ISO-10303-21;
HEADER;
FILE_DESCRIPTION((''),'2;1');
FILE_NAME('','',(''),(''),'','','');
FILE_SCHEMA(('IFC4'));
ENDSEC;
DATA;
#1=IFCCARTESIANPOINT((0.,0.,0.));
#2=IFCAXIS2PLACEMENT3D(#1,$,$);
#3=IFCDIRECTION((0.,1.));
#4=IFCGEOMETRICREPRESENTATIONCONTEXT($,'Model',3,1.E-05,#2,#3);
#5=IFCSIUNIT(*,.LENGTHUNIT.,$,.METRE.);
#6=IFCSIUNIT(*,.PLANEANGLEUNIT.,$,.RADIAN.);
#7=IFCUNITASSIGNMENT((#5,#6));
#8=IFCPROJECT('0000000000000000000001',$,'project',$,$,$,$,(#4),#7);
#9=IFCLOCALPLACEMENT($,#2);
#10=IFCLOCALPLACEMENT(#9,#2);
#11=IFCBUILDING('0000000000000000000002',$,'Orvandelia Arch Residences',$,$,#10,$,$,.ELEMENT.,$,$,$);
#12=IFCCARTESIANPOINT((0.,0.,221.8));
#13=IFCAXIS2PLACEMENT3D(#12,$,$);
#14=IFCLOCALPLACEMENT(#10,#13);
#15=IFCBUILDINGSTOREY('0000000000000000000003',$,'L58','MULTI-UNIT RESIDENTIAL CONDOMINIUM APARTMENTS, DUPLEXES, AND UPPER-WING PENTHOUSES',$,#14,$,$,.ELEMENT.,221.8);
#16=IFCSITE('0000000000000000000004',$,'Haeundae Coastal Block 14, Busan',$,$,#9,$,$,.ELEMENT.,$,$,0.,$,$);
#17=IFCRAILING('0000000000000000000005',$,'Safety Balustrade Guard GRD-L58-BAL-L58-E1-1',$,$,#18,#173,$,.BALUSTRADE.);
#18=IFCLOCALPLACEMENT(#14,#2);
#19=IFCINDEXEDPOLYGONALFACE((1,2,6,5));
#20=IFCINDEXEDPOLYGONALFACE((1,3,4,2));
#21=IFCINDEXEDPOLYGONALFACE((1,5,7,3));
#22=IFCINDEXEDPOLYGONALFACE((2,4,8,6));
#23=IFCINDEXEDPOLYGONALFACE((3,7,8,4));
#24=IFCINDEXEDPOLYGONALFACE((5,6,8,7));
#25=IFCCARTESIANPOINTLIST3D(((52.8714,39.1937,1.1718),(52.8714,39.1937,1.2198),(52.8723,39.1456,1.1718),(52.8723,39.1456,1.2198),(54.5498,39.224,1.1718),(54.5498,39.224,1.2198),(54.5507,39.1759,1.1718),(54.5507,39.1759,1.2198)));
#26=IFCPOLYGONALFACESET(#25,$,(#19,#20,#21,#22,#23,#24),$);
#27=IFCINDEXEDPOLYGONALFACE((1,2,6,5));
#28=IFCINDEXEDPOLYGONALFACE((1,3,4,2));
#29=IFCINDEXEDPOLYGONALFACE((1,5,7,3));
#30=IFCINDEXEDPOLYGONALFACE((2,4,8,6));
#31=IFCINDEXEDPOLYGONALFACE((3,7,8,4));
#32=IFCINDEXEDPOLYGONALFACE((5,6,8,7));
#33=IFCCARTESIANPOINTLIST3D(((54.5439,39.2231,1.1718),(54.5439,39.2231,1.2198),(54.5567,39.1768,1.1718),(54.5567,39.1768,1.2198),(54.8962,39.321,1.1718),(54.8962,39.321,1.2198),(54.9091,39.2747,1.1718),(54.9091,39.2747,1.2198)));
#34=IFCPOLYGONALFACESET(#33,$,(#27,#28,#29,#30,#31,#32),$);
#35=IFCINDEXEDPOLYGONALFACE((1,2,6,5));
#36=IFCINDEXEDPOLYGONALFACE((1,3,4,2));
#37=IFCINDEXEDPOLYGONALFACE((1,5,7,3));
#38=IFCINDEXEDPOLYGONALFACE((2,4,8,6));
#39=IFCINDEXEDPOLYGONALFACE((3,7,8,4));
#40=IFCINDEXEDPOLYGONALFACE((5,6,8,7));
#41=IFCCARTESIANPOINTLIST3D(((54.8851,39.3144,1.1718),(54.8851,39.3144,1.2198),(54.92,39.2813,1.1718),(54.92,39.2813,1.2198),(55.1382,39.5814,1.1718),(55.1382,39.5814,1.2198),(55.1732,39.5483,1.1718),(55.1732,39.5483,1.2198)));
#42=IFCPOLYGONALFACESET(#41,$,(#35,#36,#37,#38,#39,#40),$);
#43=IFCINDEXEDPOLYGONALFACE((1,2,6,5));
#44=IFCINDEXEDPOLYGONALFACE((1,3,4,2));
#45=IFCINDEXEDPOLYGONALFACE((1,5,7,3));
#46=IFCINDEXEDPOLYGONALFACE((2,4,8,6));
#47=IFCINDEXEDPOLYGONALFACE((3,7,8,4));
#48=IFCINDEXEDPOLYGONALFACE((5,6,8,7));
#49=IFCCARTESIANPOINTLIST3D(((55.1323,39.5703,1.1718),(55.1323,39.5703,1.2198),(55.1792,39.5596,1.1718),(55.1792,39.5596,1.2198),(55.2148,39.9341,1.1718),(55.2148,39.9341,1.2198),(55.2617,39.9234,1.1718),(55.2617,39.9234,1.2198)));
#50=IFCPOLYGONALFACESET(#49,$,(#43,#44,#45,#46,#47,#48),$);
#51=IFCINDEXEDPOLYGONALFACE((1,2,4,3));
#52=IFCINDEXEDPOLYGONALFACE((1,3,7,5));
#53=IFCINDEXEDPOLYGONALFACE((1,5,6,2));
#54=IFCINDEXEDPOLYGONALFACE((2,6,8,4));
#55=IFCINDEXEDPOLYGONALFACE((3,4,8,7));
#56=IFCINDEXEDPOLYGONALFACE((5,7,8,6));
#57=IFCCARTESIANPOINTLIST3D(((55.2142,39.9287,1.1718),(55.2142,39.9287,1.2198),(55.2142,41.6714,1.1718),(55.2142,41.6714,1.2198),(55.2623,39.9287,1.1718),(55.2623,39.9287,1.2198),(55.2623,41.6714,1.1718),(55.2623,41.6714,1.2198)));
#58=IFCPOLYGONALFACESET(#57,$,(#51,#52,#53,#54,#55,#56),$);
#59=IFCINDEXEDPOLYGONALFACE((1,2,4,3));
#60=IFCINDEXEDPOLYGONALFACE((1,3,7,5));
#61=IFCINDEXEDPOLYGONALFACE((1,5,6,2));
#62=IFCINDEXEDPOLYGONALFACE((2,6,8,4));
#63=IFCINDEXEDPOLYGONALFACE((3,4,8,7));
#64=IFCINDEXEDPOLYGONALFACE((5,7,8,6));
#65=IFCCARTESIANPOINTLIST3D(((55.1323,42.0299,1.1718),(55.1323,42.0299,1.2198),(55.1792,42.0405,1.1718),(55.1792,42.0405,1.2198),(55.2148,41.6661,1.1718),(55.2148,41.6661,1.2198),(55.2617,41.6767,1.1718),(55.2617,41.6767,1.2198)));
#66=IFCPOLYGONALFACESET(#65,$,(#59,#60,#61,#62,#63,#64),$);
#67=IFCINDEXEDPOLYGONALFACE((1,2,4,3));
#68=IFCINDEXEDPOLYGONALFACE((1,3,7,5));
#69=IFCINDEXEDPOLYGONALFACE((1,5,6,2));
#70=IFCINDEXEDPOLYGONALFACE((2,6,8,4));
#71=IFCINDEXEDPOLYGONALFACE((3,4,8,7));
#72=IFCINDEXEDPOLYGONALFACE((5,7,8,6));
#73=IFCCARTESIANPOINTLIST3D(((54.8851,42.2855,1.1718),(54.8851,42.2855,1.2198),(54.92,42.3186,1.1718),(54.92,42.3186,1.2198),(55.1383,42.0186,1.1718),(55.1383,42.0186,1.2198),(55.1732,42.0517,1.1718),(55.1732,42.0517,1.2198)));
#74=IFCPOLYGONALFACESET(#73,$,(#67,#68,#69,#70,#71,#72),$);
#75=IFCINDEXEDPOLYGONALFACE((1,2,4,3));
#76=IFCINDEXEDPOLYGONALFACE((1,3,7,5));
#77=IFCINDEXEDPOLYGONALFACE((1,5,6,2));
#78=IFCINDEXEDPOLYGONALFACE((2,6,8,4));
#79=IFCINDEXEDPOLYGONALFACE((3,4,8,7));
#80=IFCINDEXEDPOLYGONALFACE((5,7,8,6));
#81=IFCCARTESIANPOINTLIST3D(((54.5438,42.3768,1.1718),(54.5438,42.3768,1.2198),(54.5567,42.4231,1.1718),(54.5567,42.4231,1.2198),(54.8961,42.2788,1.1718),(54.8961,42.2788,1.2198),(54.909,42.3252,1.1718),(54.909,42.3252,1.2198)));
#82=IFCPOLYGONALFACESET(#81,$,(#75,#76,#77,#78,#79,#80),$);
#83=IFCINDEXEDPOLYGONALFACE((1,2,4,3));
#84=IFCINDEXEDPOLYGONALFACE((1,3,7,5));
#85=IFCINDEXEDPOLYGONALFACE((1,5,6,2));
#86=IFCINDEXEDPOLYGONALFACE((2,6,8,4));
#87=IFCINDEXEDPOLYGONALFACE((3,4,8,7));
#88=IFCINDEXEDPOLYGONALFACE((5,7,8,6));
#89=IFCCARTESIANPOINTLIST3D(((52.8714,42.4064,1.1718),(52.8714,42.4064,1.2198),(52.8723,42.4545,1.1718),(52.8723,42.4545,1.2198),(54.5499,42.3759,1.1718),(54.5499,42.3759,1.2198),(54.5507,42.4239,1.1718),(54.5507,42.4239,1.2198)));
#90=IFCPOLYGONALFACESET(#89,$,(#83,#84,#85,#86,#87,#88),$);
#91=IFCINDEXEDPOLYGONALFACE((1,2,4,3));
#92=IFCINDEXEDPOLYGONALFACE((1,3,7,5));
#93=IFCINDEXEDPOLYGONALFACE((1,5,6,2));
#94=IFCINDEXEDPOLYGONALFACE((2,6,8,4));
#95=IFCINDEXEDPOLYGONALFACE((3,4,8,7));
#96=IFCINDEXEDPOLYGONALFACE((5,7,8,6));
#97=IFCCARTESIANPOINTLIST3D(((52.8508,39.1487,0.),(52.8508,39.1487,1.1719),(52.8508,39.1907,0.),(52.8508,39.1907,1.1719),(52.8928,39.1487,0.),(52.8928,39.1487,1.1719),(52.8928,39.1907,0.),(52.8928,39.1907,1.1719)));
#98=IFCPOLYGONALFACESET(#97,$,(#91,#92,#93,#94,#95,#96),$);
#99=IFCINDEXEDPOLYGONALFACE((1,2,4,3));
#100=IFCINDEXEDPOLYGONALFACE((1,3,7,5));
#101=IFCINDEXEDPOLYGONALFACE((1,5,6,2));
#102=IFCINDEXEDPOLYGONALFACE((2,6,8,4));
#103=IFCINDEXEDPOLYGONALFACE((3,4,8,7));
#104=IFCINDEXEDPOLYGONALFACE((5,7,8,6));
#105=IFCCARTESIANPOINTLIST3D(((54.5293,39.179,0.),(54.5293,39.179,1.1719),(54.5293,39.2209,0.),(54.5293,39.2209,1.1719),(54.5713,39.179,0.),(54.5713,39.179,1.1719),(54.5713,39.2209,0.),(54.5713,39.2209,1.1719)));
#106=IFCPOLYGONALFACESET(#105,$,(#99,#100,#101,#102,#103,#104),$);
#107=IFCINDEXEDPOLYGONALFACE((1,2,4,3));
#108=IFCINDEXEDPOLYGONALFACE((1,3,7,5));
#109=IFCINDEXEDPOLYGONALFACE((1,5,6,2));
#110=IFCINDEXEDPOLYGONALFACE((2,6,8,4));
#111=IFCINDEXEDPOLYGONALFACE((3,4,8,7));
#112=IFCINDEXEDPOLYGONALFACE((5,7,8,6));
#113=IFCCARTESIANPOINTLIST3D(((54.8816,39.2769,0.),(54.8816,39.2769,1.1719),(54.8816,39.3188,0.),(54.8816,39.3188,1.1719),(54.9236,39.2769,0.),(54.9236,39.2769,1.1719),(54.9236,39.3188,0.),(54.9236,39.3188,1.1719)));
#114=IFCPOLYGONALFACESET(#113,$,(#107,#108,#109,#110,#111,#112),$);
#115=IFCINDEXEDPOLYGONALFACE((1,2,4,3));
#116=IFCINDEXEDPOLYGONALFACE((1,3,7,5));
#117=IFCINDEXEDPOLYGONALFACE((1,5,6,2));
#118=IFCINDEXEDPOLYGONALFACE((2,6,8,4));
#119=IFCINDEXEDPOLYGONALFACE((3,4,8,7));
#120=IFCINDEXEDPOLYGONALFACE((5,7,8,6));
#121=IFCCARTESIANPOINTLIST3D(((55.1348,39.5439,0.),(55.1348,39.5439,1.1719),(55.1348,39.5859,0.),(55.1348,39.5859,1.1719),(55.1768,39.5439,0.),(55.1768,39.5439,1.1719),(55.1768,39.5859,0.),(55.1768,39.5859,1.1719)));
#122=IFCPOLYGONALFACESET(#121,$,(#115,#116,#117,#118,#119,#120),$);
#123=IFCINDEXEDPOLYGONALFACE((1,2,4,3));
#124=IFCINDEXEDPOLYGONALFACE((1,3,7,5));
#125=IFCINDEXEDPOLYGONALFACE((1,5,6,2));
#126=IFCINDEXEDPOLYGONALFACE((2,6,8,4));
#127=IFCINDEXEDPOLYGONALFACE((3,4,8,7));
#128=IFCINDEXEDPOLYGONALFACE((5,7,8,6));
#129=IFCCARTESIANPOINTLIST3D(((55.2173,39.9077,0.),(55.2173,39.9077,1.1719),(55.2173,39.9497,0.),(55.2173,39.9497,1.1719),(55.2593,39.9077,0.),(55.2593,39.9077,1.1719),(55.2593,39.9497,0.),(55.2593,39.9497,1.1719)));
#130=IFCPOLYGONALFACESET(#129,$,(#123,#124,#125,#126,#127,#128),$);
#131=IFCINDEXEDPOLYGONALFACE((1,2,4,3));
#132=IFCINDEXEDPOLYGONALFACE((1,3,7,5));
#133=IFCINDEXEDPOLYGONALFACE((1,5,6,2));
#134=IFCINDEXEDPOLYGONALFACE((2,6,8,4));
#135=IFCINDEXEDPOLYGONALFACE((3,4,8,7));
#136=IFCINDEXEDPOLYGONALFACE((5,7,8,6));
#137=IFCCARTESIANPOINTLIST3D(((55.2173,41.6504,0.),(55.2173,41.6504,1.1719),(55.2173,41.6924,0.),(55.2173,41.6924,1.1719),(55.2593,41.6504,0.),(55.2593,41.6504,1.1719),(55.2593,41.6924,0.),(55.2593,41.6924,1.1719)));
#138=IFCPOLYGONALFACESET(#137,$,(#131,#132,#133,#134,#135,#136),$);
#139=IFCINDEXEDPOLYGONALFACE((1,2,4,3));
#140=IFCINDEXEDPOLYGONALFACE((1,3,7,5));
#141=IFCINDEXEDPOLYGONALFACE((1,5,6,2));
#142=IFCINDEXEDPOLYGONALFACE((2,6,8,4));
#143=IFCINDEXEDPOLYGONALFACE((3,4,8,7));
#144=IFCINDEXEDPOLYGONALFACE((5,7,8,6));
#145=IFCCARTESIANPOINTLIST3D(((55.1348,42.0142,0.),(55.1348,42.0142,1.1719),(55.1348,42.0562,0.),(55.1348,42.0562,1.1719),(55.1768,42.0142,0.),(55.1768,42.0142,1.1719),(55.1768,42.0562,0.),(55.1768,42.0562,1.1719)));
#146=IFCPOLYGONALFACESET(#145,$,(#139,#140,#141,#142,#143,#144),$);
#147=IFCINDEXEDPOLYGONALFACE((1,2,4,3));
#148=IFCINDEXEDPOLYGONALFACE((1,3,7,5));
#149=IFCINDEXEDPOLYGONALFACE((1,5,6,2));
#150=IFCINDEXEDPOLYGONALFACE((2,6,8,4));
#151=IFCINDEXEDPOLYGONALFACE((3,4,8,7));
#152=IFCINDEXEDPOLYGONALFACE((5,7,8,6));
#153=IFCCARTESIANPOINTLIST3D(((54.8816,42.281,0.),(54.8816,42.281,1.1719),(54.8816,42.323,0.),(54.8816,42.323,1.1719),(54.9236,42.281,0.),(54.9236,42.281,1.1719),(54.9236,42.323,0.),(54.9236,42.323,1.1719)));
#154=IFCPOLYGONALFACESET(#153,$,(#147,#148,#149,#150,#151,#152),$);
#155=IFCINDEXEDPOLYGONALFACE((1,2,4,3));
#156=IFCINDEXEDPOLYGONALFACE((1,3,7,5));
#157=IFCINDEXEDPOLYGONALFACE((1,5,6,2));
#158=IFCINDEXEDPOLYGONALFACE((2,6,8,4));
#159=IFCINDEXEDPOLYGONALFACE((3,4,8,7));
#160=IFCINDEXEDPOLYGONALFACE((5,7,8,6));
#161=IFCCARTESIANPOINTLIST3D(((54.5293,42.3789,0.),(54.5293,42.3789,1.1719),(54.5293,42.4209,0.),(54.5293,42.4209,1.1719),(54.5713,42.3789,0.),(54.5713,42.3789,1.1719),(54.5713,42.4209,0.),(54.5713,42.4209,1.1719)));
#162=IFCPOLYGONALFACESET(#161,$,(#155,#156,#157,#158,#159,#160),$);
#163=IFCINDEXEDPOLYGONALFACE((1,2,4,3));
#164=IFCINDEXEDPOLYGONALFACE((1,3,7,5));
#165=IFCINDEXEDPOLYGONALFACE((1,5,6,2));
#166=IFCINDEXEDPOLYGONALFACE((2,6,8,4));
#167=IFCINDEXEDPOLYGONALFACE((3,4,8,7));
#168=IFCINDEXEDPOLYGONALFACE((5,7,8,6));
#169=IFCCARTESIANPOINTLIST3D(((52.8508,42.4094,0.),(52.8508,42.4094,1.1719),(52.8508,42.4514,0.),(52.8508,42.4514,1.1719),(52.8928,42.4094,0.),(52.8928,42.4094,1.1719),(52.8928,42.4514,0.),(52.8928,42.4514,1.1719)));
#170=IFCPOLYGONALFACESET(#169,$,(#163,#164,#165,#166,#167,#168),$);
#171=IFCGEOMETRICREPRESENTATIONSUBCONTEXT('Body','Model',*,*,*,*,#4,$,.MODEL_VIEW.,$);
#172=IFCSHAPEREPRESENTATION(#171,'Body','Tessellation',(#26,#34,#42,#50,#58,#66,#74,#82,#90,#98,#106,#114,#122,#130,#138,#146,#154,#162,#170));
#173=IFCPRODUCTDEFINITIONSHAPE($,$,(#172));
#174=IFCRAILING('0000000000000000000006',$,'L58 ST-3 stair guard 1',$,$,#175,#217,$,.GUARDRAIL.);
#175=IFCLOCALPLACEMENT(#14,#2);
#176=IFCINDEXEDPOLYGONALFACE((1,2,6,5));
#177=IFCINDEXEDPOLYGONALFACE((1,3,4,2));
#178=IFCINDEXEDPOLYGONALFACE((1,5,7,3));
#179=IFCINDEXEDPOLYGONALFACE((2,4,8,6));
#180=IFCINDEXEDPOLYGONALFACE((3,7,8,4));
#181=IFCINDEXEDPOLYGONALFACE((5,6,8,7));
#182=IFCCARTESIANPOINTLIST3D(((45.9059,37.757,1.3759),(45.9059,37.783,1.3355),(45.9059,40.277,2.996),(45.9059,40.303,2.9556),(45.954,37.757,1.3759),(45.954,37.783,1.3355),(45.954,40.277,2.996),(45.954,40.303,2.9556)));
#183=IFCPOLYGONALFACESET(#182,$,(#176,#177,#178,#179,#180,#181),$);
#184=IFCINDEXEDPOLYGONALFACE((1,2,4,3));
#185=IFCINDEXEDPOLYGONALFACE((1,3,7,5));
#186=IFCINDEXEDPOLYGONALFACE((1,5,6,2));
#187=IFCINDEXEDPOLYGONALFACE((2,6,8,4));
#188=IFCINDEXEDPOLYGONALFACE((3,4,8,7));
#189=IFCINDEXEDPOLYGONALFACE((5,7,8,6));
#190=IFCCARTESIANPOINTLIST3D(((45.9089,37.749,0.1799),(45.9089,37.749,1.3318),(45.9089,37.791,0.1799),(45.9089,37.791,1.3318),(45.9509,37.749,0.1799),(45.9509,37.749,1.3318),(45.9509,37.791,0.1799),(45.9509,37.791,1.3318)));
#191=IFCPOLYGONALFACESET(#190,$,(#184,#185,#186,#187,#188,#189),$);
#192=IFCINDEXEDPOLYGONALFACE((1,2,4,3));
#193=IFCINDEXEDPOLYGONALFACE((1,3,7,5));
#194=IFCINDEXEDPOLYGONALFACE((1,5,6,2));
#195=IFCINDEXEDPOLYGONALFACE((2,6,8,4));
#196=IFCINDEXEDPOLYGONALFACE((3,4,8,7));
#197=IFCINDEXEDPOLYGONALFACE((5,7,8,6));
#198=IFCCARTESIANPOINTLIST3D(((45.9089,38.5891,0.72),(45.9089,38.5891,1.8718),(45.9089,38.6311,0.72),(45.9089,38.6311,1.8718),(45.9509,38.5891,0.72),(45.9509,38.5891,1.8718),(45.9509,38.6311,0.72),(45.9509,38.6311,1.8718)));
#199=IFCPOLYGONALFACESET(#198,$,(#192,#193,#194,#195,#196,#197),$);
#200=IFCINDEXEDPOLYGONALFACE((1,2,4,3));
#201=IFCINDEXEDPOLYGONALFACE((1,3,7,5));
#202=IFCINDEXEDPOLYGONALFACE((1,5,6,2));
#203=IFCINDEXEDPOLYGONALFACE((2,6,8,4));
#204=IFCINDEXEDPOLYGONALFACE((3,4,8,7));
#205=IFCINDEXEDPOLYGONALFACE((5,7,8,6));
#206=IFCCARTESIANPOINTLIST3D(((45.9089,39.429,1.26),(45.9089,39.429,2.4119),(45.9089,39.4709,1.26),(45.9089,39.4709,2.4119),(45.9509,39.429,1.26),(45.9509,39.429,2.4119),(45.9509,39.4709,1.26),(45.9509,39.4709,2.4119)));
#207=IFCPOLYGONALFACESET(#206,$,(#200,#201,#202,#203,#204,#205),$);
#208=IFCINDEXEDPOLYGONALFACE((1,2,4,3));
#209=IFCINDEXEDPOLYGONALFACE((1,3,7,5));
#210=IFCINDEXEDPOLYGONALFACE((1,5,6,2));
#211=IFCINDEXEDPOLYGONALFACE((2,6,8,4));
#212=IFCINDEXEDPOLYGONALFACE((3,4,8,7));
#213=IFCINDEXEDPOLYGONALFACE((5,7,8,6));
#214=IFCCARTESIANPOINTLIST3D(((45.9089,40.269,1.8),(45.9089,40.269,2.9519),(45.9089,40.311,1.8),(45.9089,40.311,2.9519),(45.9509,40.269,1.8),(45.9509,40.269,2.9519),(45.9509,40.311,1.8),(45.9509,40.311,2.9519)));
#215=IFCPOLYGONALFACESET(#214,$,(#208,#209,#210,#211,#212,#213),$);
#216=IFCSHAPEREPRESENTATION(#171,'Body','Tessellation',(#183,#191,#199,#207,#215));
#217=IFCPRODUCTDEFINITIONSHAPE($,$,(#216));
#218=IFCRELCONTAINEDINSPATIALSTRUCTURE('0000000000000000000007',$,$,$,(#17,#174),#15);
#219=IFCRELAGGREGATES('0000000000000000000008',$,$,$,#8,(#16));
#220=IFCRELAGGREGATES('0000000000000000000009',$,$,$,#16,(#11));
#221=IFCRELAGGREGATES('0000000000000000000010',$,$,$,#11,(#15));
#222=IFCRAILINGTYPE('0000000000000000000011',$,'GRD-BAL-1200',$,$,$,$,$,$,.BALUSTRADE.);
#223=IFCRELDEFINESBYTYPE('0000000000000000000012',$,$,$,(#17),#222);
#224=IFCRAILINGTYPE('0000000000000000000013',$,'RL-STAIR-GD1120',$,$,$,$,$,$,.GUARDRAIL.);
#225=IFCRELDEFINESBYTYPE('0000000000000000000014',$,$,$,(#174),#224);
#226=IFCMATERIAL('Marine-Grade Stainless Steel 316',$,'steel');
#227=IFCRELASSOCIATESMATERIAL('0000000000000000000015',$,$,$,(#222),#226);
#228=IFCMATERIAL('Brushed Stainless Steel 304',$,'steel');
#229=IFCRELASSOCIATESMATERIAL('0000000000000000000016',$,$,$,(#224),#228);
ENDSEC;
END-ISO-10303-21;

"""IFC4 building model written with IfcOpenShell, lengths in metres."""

from ifc_helpers import new_model, si_unit, direction, frame, origin, origin_2d, place, context, subcontext, project, spatial, rectangle, extrude, material, type_object, element, save


model = new_model("IFC4")

# Units and contexts
model_context = context("Model", 3, precision=1e-05, world=origin(), true_north=direction((0.0, 1.0)))
body_context = subcontext(model_context, "Body", "Model", "MODEL_VIEW")
ifc_project = project(units=[si_unit("LENGTHUNIT", "METRE"), si_unit("PLANEANGLEUNIT", "RADIAN")], contexts=[model_context])

# Site, building, storey
site_placement = place(None, origin())
site = spatial("IfcSite", under=ifc_project, at=site_placement, Name="Haeundae Coastal Block 14, Busan", CompositionType="ELEMENT", RefElevation=0.0)
building_placement = place(site_placement, origin())
building = spatial("IfcBuilding", under=site, at=building_placement, Name="Orvandelia Arch Residences", CompositionType="ELEMENT")
storey_placement = place(building_placement, frame((0.0, 0.0, 221.8)))
storey = spatial("IfcBuildingStorey", under=building, at=storey_placement, Name="L58", Description="MULTI-UNIT RESIDENTIAL CONDOMINIUM APARTMENTS, DUPLEXES, AND UPPER-WING PENTHOUSES", CompositionType="ELEMENT", Elevation=221.8)

# Railings
ifc_material_1 = material(Name="Marine-Grade Stainless Steel 316", Category="steel")
railing_type_1 = type_object("IfcRailingType", Name="GRD-BAL-1200", PredefinedType="BALUSTRADE", material=ifc_material_1)
railing_1_placement = place(storey_placement, frame((52.8718, 39.1697, 0.0)))
element("IfcRailing", 1, at=railing_1_placement, inside=storey, type_object=railing_type_1, Name="Safety Balustrade Guard GRD-L58-BAL-L58-E1-1", PredefinedType="BALUSTRADE", context=body_context, shape_type="SweptSolid", body=[
    extrude(rectangle(XDim=0.0481, YDim=0.0481, at=origin_2d()), frame((0.0, 0.0, 1.1958), z_axis=(0.999837, 0.018033, 0.0), x_axis=(-0.018033, 0.999837, 0.0)), (0.0, 0.0, 1.0), 1.6787),
    extrude(rectangle(XDim=0.0481, YDim=0.0481, at=origin_2d()), frame((1.6785, 0.0303, 1.1958), z_axis=(0.963489, 0.267747, 0.0), x_axis=(-0.267747, 0.963489, 0.0)), (0.0, 0.0, 1.0), 0.3657),
    extrude(rectangle(XDim=0.0481, YDim=0.0481, at=origin_2d()), frame((2.0308, 0.1282, 1.1958), z_axis=(0.687947, 0.725761, 0.0), x_axis=(-0.725761, 0.687947, 0.0)), (0.0, 0.0, 1.0), 0.3679),
    extrude(rectangle(XDim=0.0481, YDim=0.0481, at=origin_2d()), frame((2.2839, 0.3953, 1.1958), z_axis=(0.221225, 0.975223, 0.0), x_axis=(-0.975223, 0.221225, 0.0)), (0.0, 0.0, 1.0), 0.373),
    extrude(rectangle(XDim=0.0481, YDim=0.0481, at=origin_2d()), frame((2.3665, 0.759, 1.1958), z_axis=(0.0, 1.0, 0.0), x_axis=(-1.0, 0.0, 0.0)), (0.0, 0.0, 1.0), 1.7427),
    extrude(rectangle(XDim=0.0481, YDim=0.0481, at=origin_2d()), frame((2.3665, 2.5017, 1.1958), z_axis=(-0.221225, 0.975223, 0.0), x_axis=(-0.975223, -0.221225, 0.0)), (0.0, 0.0, 1.0), 0.373),
    extrude(rectangle(XDim=0.0481, YDim=0.0481, at=origin_2d()), frame((2.2839, 2.8655, 1.1958), z_axis=(-0.688278, 0.725447, 0.0), x_axis=(-0.725447, -0.688278, 0.0)), (0.0, 0.0, 1.0), 0.3679),
    extrude(rectangle(XDim=0.0481, YDim=0.0481, at=origin_2d()), frame((2.0308, 3.1323, 1.1958), z_axis=(-0.963489, 0.267747, 0.0), x_axis=(-0.267747, -0.963489, 0.0)), (0.0, 0.0, 1.0), 0.3657),
    extrude(rectangle(XDim=0.0481, YDim=0.0481, at=origin_2d()), frame((1.6785, 3.2302, 1.1958), z_axis=(-0.999835, 0.018179, 0.0), x_axis=(-0.018179, -0.999835, 0.0)), (0.0, 0.0, 1.0), 1.6787),
    extrude(rectangle(XDim=0.042, YDim=0.042, at=origin_2d()), origin(), (0.0, 0.0, 1.0), 1.1719),
    extrude(rectangle(XDim=0.042, YDim=0.042, at=origin_2d()), frame((1.6785, 0.0303, 0.0)), (0.0, 0.0, 1.0), 1.1719),
    extrude(rectangle(XDim=0.042, YDim=0.042, at=origin_2d()), frame((2.0308, 0.1282, 0.0)), (0.0, 0.0, 1.0), 1.1719),
    extrude(rectangle(XDim=0.042, YDim=0.042, at=origin_2d()), frame((2.2839, 0.3953, 0.0)), (0.0, 0.0, 1.0), 1.1719),
    extrude(rectangle(XDim=0.042, YDim=0.042, at=origin_2d()), frame((2.3665, 0.759, 0.0)), (0.0, 0.0, 1.0), 1.1719),
    extrude(rectangle(XDim=0.042, YDim=0.042, at=origin_2d()), frame((2.3665, 2.5017, 0.0)), (0.0, 0.0, 1.0), 1.1719),
    extrude(rectangle(XDim=0.042, YDim=0.042, at=origin_2d()), frame((2.2839, 2.8655, 0.0)), (0.0, 0.0, 1.0), 1.1719),
    extrude(rectangle(XDim=0.042, YDim=0.042, at=origin_2d()), frame((2.0308, 3.1323, 0.0)), (0.0, 0.0, 1.0), 1.1719),
    extrude(rectangle(XDim=0.042, YDim=0.042, at=origin_2d()), frame((1.6785, 3.2302, 0.0)), (0.0, 0.0, 1.0), 1.1719),
    extrude(rectangle(XDim=0.042, YDim=0.042, at=origin_2d()), frame((0.0, 3.2607, 0.0)), (0.0, 0.0, 1.0), 1.1719),
])
ifc_material_2 = material(Name="Brushed Stainless Steel 304", Category="steel")
railing_type_2 = type_object("IfcRailingType", Name="RL-STAIR-GD1120", PredefinedType="GUARDRAIL", material=ifc_material_2)
railing_2_placement = place(storey_placement, frame((45.9299, 37.77, 0.1799)))
element("IfcRailing", 2, at=railing_2_placement, inside=storey, type_object=railing_type_2, Name="L58 ST-3 stair guard 1", PredefinedType="GUARDRAIL", context=body_context, shape_type="SweptSolid", body=[
    extrude(rectangle(XDim=0.0481, YDim=0.0481, at=origin_2d()), frame((0.0, 0.0, 1.1758), z_axis=(0.0, 0.841163, 0.540782), x_axis=(-1.0, 0.0, 0.0)), (0.0, 0.0, 1.0), 2.9958),
    extrude(rectangle(XDim=0.042, YDim=0.042, at=origin_2d()), origin(), (0.0, 0.0, 1.0), 1.1519),
    extrude(rectangle(XDim=0.042, YDim=0.042, at=origin_2d()), frame((0.0, 0.8401, 0.54)), (0.0, 0.0, 1.0), 1.1519),
    extrude(rectangle(XDim=0.042, YDim=0.042, at=origin_2d()), frame((0.0, 1.6799, 1.0801)), (0.0, 0.0, 1.0), 1.1519),
    extrude(rectangle(XDim=0.042, YDim=0.042, at=origin_2d()), frame((0.0, 2.52, 1.6201)), (0.0, 0.0, 1.0), 1.1519),
])

save(model, "model.ifc")
